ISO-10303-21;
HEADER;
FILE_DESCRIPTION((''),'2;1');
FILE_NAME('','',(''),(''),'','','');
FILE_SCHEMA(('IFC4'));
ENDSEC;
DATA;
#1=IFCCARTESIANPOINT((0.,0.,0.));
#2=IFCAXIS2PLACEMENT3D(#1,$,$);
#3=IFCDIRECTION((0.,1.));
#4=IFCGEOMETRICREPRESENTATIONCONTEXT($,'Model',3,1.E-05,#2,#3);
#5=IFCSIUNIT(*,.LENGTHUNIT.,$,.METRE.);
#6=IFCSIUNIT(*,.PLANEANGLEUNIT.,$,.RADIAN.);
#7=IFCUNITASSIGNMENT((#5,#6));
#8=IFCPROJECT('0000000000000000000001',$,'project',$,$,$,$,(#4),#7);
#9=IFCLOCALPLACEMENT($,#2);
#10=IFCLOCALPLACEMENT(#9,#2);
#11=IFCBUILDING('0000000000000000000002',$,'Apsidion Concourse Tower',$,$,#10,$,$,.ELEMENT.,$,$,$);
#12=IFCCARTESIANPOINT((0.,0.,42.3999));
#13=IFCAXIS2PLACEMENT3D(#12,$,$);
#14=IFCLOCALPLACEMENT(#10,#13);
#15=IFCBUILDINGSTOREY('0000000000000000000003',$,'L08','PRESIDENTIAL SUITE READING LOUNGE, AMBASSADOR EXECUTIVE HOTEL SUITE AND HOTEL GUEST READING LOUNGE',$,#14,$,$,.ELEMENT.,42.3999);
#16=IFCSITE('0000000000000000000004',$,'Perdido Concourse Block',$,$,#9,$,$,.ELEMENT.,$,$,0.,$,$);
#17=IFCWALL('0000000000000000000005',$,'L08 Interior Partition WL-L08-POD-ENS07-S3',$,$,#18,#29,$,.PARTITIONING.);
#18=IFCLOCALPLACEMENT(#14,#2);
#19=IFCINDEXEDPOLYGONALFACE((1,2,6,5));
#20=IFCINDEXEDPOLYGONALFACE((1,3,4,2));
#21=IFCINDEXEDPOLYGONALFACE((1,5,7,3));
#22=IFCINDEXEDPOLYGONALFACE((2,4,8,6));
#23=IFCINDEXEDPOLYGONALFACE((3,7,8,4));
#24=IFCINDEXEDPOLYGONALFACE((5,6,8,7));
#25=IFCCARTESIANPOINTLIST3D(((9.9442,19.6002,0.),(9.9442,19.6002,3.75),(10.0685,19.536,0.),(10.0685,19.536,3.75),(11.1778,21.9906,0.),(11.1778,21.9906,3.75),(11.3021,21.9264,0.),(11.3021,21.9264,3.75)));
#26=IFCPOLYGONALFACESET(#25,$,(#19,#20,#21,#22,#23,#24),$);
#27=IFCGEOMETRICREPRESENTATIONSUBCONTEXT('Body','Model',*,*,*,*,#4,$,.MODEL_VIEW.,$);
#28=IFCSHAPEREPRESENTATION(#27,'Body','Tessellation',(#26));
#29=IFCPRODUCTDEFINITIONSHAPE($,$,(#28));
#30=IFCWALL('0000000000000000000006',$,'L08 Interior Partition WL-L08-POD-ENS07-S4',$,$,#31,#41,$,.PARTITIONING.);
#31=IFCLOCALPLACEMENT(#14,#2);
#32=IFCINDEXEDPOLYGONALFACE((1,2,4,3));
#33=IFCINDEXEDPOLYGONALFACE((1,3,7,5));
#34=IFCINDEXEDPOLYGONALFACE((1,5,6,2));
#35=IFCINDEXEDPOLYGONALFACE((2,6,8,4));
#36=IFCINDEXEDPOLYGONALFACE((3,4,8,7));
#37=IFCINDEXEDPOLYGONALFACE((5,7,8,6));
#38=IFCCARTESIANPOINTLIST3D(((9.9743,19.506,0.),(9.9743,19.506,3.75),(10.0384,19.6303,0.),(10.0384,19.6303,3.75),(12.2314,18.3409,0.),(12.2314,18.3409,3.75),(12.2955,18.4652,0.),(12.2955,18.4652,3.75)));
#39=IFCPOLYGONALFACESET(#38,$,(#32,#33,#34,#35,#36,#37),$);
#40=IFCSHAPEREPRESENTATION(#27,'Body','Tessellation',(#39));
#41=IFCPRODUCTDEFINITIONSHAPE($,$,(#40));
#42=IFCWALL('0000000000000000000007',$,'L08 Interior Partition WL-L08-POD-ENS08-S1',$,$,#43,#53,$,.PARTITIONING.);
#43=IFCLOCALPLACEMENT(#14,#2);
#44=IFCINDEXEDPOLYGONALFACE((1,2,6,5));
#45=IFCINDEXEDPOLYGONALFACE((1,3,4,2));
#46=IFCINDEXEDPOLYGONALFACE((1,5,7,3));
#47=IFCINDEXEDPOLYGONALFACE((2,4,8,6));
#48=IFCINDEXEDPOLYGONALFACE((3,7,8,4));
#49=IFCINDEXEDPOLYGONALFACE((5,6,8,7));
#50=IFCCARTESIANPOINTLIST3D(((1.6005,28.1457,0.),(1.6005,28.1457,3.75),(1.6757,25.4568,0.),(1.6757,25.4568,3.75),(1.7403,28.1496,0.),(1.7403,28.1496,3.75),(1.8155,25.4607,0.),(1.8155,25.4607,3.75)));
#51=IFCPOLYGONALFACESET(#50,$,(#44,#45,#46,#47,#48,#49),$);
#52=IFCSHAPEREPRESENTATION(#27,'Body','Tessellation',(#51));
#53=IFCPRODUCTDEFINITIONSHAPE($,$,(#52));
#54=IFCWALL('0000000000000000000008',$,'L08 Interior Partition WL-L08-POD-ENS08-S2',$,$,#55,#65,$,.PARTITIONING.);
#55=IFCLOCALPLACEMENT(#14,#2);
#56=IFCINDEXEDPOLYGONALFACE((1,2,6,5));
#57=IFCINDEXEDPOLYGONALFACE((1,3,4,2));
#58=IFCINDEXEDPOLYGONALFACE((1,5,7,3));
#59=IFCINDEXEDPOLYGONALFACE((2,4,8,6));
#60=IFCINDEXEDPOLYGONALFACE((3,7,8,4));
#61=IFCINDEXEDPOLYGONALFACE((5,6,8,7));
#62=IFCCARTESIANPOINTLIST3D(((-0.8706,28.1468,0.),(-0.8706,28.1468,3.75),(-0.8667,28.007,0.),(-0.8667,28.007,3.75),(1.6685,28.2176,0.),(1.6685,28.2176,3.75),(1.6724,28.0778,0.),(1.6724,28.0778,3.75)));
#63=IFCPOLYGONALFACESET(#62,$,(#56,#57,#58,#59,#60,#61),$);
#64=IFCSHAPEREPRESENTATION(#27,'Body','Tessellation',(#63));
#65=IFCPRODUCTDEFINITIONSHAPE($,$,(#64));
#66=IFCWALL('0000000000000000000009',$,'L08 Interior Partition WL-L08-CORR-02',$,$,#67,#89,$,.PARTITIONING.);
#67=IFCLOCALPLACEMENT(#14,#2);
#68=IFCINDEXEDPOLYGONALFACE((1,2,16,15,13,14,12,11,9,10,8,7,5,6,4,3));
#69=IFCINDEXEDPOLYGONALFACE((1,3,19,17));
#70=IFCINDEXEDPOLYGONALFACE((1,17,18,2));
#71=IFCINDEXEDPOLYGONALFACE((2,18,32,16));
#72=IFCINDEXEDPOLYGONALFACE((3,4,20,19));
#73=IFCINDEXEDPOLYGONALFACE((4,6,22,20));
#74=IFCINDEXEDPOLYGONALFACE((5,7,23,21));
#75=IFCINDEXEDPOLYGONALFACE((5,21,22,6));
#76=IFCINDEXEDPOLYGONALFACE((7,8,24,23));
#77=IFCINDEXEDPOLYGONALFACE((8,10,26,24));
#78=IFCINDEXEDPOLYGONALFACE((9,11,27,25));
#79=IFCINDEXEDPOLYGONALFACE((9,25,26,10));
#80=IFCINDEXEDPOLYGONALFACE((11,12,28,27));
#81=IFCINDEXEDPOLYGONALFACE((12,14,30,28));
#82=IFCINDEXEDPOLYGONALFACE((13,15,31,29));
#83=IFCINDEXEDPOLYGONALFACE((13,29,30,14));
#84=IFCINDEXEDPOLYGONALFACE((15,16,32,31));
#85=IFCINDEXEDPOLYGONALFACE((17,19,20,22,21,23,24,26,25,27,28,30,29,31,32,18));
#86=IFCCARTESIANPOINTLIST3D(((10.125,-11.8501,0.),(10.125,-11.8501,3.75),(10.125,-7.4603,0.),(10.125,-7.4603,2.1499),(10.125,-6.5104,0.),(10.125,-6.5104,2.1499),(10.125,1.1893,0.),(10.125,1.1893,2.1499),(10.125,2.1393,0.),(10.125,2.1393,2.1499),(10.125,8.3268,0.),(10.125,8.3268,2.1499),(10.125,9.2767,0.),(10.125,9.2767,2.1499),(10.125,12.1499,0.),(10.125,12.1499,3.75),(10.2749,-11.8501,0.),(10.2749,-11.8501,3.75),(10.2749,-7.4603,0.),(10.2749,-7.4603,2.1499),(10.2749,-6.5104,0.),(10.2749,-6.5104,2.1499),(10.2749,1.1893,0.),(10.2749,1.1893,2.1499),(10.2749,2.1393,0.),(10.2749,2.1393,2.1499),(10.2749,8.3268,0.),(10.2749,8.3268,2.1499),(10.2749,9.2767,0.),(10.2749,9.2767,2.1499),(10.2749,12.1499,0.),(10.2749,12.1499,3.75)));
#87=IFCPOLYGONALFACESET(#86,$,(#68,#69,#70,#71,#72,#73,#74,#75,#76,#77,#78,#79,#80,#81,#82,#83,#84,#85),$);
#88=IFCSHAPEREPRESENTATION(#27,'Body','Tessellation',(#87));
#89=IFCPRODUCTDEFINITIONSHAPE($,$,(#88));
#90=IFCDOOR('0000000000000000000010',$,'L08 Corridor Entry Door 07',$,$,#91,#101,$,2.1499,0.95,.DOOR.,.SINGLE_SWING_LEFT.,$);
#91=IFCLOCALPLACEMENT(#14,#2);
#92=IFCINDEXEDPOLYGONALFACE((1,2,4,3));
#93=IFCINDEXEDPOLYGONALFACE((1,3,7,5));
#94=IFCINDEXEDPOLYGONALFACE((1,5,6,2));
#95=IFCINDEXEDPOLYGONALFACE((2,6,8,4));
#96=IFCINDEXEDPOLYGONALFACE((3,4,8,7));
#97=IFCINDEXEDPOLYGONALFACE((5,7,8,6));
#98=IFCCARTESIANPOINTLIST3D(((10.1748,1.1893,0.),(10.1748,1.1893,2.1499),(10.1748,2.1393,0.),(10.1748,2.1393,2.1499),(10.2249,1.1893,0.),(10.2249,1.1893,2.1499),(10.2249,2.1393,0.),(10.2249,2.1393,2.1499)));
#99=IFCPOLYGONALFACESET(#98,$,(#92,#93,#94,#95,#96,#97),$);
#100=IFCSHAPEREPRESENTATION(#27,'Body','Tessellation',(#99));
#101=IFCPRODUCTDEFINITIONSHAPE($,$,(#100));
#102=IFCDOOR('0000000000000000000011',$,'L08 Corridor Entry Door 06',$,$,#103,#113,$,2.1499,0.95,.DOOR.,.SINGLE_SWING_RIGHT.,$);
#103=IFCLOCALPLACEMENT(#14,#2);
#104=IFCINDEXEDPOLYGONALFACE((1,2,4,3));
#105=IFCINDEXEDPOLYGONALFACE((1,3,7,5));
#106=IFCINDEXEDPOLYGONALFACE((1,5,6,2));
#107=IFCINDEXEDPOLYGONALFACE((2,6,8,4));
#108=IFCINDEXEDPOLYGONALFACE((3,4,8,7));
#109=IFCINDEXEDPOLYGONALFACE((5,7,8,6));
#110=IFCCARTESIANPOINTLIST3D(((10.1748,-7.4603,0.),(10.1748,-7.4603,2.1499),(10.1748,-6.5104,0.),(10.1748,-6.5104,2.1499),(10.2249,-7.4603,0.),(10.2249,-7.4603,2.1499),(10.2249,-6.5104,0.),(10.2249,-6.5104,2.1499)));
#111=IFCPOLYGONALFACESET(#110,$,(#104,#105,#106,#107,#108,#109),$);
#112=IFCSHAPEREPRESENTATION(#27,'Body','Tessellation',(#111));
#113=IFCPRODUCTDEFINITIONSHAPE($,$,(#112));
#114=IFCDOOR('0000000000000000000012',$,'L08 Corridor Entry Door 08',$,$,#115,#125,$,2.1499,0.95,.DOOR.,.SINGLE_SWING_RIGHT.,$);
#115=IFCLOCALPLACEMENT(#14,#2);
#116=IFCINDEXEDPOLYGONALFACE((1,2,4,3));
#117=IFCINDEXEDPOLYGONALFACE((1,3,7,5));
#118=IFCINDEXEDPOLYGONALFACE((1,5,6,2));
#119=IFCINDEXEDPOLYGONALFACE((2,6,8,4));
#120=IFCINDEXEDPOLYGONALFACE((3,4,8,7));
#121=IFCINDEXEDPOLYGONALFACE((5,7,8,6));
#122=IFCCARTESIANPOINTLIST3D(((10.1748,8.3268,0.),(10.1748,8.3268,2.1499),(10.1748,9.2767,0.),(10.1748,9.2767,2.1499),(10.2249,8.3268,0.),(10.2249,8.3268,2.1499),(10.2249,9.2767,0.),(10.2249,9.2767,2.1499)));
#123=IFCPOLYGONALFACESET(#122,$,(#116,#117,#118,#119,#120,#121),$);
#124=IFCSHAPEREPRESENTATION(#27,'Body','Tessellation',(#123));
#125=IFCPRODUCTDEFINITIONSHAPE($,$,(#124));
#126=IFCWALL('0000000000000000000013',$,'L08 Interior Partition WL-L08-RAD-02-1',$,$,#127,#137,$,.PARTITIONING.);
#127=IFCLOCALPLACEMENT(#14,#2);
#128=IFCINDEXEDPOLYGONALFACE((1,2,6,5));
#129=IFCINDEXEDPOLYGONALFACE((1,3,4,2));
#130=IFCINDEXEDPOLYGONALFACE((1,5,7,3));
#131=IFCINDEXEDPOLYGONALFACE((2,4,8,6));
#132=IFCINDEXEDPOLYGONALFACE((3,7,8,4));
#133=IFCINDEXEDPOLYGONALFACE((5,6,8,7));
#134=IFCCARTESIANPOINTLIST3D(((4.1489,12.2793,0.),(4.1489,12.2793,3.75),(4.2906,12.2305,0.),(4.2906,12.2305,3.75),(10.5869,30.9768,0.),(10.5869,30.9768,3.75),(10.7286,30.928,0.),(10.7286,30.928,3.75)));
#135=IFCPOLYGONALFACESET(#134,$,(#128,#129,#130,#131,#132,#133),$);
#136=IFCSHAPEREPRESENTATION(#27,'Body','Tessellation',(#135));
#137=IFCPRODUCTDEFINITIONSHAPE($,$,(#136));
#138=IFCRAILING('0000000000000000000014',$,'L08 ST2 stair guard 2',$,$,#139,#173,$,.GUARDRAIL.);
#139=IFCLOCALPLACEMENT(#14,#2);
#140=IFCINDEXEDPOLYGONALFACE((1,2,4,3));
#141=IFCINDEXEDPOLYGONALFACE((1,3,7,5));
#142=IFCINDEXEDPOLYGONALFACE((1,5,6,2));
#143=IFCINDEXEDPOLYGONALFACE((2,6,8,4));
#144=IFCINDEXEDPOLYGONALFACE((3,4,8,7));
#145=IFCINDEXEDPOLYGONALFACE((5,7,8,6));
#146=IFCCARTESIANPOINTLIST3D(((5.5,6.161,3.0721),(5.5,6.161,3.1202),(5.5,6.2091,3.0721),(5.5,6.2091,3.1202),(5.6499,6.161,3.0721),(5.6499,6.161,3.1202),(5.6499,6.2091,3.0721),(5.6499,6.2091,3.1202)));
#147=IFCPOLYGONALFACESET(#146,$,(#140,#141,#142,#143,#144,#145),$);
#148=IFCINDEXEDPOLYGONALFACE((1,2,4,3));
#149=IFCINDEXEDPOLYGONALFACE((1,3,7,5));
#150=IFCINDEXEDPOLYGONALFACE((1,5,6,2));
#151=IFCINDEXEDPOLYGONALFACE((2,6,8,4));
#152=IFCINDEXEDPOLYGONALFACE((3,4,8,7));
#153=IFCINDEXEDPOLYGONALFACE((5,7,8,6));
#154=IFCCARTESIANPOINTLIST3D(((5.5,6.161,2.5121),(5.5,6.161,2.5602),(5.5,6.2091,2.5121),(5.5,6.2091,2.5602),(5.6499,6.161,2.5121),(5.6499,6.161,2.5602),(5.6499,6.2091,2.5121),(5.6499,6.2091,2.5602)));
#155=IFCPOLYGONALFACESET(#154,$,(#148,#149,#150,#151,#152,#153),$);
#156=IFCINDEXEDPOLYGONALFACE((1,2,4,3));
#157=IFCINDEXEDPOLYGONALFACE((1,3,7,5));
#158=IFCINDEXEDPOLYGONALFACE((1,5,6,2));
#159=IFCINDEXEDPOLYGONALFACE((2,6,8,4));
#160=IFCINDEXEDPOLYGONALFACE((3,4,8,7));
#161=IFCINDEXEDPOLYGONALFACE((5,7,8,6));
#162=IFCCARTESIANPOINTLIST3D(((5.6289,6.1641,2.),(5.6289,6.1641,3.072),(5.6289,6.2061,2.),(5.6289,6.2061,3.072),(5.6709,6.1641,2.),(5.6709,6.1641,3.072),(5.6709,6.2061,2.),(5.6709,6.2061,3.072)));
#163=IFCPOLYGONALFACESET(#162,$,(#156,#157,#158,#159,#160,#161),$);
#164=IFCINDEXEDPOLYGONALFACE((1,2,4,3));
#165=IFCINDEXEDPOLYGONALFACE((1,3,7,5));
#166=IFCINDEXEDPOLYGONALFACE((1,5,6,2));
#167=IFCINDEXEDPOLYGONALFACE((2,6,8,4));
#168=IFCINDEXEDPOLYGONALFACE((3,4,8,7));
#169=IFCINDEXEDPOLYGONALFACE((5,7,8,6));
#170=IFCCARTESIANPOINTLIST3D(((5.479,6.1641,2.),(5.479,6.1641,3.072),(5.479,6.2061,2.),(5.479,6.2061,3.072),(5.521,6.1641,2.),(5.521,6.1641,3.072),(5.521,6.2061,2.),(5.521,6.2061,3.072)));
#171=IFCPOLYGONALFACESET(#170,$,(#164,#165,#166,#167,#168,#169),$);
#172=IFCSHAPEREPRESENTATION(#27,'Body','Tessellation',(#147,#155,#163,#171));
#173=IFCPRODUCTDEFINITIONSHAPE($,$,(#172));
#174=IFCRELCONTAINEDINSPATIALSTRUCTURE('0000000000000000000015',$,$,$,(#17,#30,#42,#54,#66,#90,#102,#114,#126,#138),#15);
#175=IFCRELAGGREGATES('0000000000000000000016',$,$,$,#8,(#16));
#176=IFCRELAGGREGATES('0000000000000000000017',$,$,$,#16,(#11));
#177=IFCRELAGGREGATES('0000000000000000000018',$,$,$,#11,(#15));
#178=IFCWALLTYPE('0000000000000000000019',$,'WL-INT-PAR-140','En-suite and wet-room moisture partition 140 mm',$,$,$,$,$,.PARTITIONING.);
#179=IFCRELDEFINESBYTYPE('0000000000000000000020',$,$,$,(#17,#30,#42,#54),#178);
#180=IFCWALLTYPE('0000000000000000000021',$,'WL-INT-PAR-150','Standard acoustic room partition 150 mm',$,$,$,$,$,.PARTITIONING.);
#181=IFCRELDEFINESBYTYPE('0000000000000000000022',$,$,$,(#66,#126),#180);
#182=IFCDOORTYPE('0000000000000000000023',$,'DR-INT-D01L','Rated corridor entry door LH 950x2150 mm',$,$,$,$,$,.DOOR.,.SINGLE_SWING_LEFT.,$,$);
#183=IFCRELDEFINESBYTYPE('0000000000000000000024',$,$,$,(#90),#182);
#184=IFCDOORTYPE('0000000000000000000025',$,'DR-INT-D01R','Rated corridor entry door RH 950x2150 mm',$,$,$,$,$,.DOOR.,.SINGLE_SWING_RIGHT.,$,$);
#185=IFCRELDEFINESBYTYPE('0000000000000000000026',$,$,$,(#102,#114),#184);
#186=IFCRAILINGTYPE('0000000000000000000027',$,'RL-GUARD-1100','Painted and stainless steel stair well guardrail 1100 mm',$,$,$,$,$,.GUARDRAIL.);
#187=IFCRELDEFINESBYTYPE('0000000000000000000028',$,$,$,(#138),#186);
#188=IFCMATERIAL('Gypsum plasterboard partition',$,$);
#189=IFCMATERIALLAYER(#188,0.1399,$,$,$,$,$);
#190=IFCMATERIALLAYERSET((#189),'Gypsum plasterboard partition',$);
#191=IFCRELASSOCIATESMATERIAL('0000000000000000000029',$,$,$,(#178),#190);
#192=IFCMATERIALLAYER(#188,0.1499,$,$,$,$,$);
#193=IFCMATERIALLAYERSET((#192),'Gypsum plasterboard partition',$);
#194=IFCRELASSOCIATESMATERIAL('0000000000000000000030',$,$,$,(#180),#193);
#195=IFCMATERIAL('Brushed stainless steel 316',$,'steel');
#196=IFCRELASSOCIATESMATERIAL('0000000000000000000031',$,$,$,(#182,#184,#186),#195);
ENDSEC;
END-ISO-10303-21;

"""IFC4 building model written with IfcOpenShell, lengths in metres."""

from ifc_helpers import new_model, si_unit, direction, frame, frame_2d, origin, origin_2d, place, context, subcontext, project, spatial, rectangle, extrude, material, layer, layer_set, type_object, element, fill, save


model = new_model("IFC4")

# Units and contexts
model_context = context("Model", 3, precision=1e-05, world=origin(), true_north=direction((0.0, 1.0)))
body_context = subcontext(model_context, "Body", "Model", "MODEL_VIEW")
ifc_project = project(units=[si_unit("LENGTHUNIT", "METRE"), si_unit("PLANEANGLEUNIT", "RADIAN")], contexts=[model_context])

# Site, building, storey
site_placement = place(None, origin())
site = spatial("IfcSite", under=ifc_project, at=site_placement, Name="Perdido Concourse Block", CompositionType="ELEMENT", RefElevation=0.0)
building_placement = place(site_placement, origin())
building = spatial("IfcBuilding", under=site, at=building_placement, Name="Apsidion Concourse Tower", CompositionType="ELEMENT")
storey_placement = place(building_placement, frame((0.0, 0.0, 42.3999)))
storey = spatial("IfcBuildingStorey", under=building, at=storey_placement, Name="L08", Description="PRESIDENTIAL SUITE READING LOUNGE, AMBASSADOR EXECUTIVE HOTEL SUITE AND HOTEL GUEST READING LOUNGE", CompositionType="ELEMENT", Elevation=42.3999)

# Shared definitions
ifc_material_1 = material(Name="Gypsum plasterboard partition")
ifc_layer_1 = layer(ifc_material_1, 0.1399)
ifc_layer_set_1 = layer_set([ifc_layer_1], Name="Gypsum plasterboard partition")
wall_type_1 = type_object("IfcWallType", Name="WL-INT-PAR-140", Description="En-suite and wet-room moisture partition 140 mm", PredefinedType="PARTITIONING", material=ifc_layer_set_1)

# Walls
wall_1_placement = place(storey_placement, frame((11.24, 21.9585, 0.0), z_axis=(0.0, 0.0, 1.0), x_axis=(-0.458613, -0.888636, 0.0)))
element("IfcWall", 1, at=wall_1_placement, inside=storey, type_object=wall_type_1, Name="L08 Interior Partition WL-L08-POD-ENS07-S3", PredefinedType="PARTITIONING", context=body_context, shape_type="SweptSolid", body=[
    extrude(rectangle(XDim=2.6899, YDim=0.1399, at=frame_2d((1.345, 0.0))), origin(), (0.0, 0.0, 1.0), 3.75),
])
wall_2_placement = place(storey_placement, frame((10.0063, 19.5681, 0.0), z_axis=(0.0, 0.0, 1.0), x_axis=(0.888605, -0.458672, 0.0)))
element("IfcWall", 2, at=wall_2_placement, inside=storey, type_object=wall_type_1, Name="L08 Interior Partition WL-L08-POD-ENS07-S4", PredefinedType="PARTITIONING", context=body_context, shape_type="SweptSolid", body=[
    extrude(rectangle(XDim=2.54, YDim=0.1399, at=frame_2d((1.27, 0.0))), origin(), (0.0, 0.0, 1.0), 3.75),
])
wall_3_placement = place(storey_placement, frame((1.7456, 25.4587, 0.0), z_axis=(0.0, 0.0, 1.0), x_axis=(-0.027953, 0.999609, 0.0)))
element("IfcWall", 3, at=wall_3_placement, inside=storey, type_object=wall_type_1, Name="L08 Interior Partition WL-L08-POD-ENS08-S1", PredefinedType="PARTITIONING", context=body_context, shape_type="SweptSolid", body=[
    extrude(rectangle(XDim=2.6899, YDim=0.1399, at=frame_2d((1.345, 0.0))), origin(), (0.0, 0.0, 1.0), 3.75),
])
wall_4_placement = place(storey_placement, frame((1.6704, 28.1477, 0.0), z_axis=(0.0, 0.0, 1.0), x_axis=(-0.999611, -0.027874, 0.0)))
element("IfcWall", 4, at=wall_4_placement, inside=storey, type_object=wall_type_1, Name="L08 Interior Partition WL-L08-POD-ENS08-S2", PredefinedType="PARTITIONING", context=body_context, shape_type="SweptSolid", body=[
    extrude(rectangle(XDim=2.54, YDim=0.1399, at=frame_2d((1.27, 0.0))), origin(), (0.0, 0.0, 1.0), 3.75),
])

# Wall, openings, doors
ifc_layer_2 = layer(ifc_material_1, 0.1499)
ifc_layer_set_2 = layer_set([ifc_layer_2], Name="Gypsum plasterboard partition")
wall_type_2 = type_object("IfcWallType", Name="WL-INT-PAR-150", Description="Standard acoustic room partition 150 mm", PredefinedType="PARTITIONING", material=ifc_layer_set_2)
wall_5_placement = place(storey_placement, frame((10.2, 12.1499, 0.0), z_axis=(0.0, 0.0, 1.0), x_axis=(0.0, -1.0, 0.0)))
wall_5 = element("IfcWall", 5, at=wall_5_placement, inside=storey, type_object=wall_type_2, Name="L08 Interior Partition WL-L08-CORR-02", PredefinedType="PARTITIONING", context=body_context, shape_type="SweptSolid", body=[
    extrude(rectangle(XDim=24.0, YDim=0.1499, at=frame_2d((12.0, 0.0))), origin(), (0.0, 0.0, 1.0), 3.75),
])
opening_1_placement = place(wall_5_placement, frame((18.6602, 0.0, 0.0)))
opening_1 = element("IfcOpeningElement", 6, at=opening_1_placement, cuts=wall_5, PredefinedType="OPENING", context=body_context, shape_type="SweptSolid", body=[
    extrude(rectangle(XDim=0.95, YDim=2.1499, at=frame_2d((0.4751, 1.075))), frame((0.0, 0.085, 0.0), z_axis=(0.0, -1.0, 0.0), x_axis=(1.0, 0.0, 0.0)), (0.0, 0.0, 1.0), 0.1699),
])
opening_2_placement = place(wall_5_placement, frame((10.0105, 0.0, 0.0)))
opening_2 = element("IfcOpeningElement", 7, at=opening_2_placement, cuts=wall_5, PredefinedType="OPENING", context=body_context, shape_type="SweptSolid", body=[
    extrude(rectangle(XDim=0.95, YDim=2.1499, at=frame_2d((0.4751, 1.075))), frame((0.0, 0.085, 0.0), z_axis=(0.0, -1.0, 0.0), x_axis=(1.0, 0.0, 0.0)), (0.0, 0.0, 1.0), 0.1699),
])
opening_3_placement = place(wall_5_placement, frame((2.873, 0.0, 0.0)))
opening_3 = element("IfcOpeningElement", 8, at=opening_3_placement, cuts=wall_5, PredefinedType="OPENING", context=body_context, shape_type="SweptSolid", body=[
    extrude(rectangle(XDim=0.95, YDim=2.1499, at=frame_2d((0.4751, 1.075))), frame((0.0, 0.085, 0.0), z_axis=(0.0, -1.0, 0.0), x_axis=(1.0, 0.0, 0.0)), (0.0, 0.0, 1.0), 0.1699),
])
ifc_material_2 = material(Name="Brushed stainless steel 316", Category="steel")
door_type_1 = type_object("IfcDoorType", Name="DR-INT-D01L", Description="Rated corridor entry door LH 950x2150 mm", OperationType="SINGLE_SWING_LEFT", PredefinedType="DOOR", material=ifc_material_2)
door_1_placement = place(opening_2_placement, origin())
door_1 = element("IfcDoor", 9, at=door_1_placement, inside=storey, type_object=door_type_1, Name="L08 Corridor Entry Door 07", OperationType="SINGLE_SWING_LEFT", OverallHeight=2.1499, OverallWidth=0.95, PredefinedType="DOOR", context=body_context, shape_type="SweptSolid", body=[
    extrude(rectangle(XDim=0.95, YDim=2.1499, at=frame_2d((0.4751, 1.075))), frame((0.0, 0.0249, 0.0), z_axis=(0.0, -1.0, 0.0), x_axis=(1.0, 0.0, 0.0)), (0.0, 0.0, 1.0), 0.05),
])
fill(opening_2, door_1)
door_type_2 = type_object("IfcDoorType", Name="DR-INT-D01R", Description="Rated corridor entry door RH 950x2150 mm", OperationType="SINGLE_SWING_RIGHT", PredefinedType="DOOR", material=ifc_material_2)
door_2_placement = place(opening_1_placement, origin())
door_2 = element("IfcDoor", 10, at=door_2_placement, inside=storey, type_object=door_type_2, Name="L08 Corridor Entry Door 06", OperationType="SINGLE_SWING_RIGHT", OverallHeight=2.1499, OverallWidth=0.95, PredefinedType="DOOR", context=body_context, shape_type="SweptSolid", body=[
    extrude(rectangle(XDim=0.95, YDim=2.1499, at=frame_2d((0.4751, 1.075))), frame((0.0, 0.0249, 0.0), z_axis=(0.0, -1.0, 0.0), x_axis=(1.0, 0.0, 0.0)), (0.0, 0.0, 1.0), 0.05),
])
fill(opening_1, door_2)
door_3_placement = place(opening_3_placement, origin())
door_3 = element("IfcDoor", 11, at=door_3_placement, inside=storey, type_object=door_type_2, Name="L08 Corridor Entry Door 08", OperationType="SINGLE_SWING_RIGHT", OverallHeight=2.1499, OverallWidth=0.95, PredefinedType="DOOR", context=body_context, shape_type="SweptSolid", body=[
    extrude(rectangle(XDim=0.95, YDim=2.1499, at=frame_2d((0.4751, 1.075))), frame((0.0, 0.0249, 0.0), z_axis=(0.0, -1.0, 0.0), x_axis=(1.0, 0.0, 0.0)), (0.0, 0.0, 1.0), 0.05),
])
fill(opening_3, door_3)

# Wall
wall_6_placement = place(storey_placement, frame((4.2197, 12.2549, 0.0), z_axis=(0.0, 0.0, 1.0), x_axis=(0.325565, 0.94552, 0.0)))
element("IfcWall", 12, at=wall_6_placement, inside=storey, type_object=wall_type_2, Name="L08 Interior Partition WL-L08-RAD-02-1", PredefinedType="PARTITIONING", context=body_context, shape_type="SweptSolid", body=[
    extrude(rectangle(XDim=19.7749, YDim=0.1499, at=frame_2d((9.8875, 0.0))), origin(), (0.0, 0.0, 1.0), 3.75),
])

# Railing
railing_type_1 = type_object("IfcRailingType", Name="RL-GUARD-1100", Description="Painted and stainless steel stair well guardrail 1100 mm", PredefinedType="GUARDRAIL", material=ifc_material_2)
railing_1_placement = place(storey_placement, frame((5.6499, 6.1851, 2.0)))
element("IfcRailing", 13, at=railing_1_placement, inside=storey, type_object=railing_type_1, Name="L08 ST2 stair guard 2", PredefinedType="GUARDRAIL", context=body_context, shape_type="SweptSolid", body=[
    extrude(rectangle(XDim=0.0481, YDim=0.0481, at=origin_2d()), frame((0.0, 0.0, 1.0962), z_axis=(-1.0, 0.0, 0.0), x_axis=(0.0, -1.0, 0.0)), (0.0, 0.0, 1.0), 0.1499),
    extrude(rectangle(XDim=0.0481, YDim=0.0481, at=origin_2d()), frame((0.0, 0.0, 0.5361), z_axis=(-1.0, 0.0, 0.0), x_axis=(0.0, -1.0, 0.0)), (0.0, 0.0, 1.0), 0.1499),
    extrude(rectangle(XDim=0.042, YDim=0.042, at=origin_2d()), origin(), (0.0, 0.0, 1.0), 1.072),
    extrude(rectangle(XDim=0.042, YDim=0.042, at=origin_2d()), frame((-0.1499, 0.0, 0.0)), (0.0, 0.0, 1.0), 1.072),
])

save(model, "model.ifc")
